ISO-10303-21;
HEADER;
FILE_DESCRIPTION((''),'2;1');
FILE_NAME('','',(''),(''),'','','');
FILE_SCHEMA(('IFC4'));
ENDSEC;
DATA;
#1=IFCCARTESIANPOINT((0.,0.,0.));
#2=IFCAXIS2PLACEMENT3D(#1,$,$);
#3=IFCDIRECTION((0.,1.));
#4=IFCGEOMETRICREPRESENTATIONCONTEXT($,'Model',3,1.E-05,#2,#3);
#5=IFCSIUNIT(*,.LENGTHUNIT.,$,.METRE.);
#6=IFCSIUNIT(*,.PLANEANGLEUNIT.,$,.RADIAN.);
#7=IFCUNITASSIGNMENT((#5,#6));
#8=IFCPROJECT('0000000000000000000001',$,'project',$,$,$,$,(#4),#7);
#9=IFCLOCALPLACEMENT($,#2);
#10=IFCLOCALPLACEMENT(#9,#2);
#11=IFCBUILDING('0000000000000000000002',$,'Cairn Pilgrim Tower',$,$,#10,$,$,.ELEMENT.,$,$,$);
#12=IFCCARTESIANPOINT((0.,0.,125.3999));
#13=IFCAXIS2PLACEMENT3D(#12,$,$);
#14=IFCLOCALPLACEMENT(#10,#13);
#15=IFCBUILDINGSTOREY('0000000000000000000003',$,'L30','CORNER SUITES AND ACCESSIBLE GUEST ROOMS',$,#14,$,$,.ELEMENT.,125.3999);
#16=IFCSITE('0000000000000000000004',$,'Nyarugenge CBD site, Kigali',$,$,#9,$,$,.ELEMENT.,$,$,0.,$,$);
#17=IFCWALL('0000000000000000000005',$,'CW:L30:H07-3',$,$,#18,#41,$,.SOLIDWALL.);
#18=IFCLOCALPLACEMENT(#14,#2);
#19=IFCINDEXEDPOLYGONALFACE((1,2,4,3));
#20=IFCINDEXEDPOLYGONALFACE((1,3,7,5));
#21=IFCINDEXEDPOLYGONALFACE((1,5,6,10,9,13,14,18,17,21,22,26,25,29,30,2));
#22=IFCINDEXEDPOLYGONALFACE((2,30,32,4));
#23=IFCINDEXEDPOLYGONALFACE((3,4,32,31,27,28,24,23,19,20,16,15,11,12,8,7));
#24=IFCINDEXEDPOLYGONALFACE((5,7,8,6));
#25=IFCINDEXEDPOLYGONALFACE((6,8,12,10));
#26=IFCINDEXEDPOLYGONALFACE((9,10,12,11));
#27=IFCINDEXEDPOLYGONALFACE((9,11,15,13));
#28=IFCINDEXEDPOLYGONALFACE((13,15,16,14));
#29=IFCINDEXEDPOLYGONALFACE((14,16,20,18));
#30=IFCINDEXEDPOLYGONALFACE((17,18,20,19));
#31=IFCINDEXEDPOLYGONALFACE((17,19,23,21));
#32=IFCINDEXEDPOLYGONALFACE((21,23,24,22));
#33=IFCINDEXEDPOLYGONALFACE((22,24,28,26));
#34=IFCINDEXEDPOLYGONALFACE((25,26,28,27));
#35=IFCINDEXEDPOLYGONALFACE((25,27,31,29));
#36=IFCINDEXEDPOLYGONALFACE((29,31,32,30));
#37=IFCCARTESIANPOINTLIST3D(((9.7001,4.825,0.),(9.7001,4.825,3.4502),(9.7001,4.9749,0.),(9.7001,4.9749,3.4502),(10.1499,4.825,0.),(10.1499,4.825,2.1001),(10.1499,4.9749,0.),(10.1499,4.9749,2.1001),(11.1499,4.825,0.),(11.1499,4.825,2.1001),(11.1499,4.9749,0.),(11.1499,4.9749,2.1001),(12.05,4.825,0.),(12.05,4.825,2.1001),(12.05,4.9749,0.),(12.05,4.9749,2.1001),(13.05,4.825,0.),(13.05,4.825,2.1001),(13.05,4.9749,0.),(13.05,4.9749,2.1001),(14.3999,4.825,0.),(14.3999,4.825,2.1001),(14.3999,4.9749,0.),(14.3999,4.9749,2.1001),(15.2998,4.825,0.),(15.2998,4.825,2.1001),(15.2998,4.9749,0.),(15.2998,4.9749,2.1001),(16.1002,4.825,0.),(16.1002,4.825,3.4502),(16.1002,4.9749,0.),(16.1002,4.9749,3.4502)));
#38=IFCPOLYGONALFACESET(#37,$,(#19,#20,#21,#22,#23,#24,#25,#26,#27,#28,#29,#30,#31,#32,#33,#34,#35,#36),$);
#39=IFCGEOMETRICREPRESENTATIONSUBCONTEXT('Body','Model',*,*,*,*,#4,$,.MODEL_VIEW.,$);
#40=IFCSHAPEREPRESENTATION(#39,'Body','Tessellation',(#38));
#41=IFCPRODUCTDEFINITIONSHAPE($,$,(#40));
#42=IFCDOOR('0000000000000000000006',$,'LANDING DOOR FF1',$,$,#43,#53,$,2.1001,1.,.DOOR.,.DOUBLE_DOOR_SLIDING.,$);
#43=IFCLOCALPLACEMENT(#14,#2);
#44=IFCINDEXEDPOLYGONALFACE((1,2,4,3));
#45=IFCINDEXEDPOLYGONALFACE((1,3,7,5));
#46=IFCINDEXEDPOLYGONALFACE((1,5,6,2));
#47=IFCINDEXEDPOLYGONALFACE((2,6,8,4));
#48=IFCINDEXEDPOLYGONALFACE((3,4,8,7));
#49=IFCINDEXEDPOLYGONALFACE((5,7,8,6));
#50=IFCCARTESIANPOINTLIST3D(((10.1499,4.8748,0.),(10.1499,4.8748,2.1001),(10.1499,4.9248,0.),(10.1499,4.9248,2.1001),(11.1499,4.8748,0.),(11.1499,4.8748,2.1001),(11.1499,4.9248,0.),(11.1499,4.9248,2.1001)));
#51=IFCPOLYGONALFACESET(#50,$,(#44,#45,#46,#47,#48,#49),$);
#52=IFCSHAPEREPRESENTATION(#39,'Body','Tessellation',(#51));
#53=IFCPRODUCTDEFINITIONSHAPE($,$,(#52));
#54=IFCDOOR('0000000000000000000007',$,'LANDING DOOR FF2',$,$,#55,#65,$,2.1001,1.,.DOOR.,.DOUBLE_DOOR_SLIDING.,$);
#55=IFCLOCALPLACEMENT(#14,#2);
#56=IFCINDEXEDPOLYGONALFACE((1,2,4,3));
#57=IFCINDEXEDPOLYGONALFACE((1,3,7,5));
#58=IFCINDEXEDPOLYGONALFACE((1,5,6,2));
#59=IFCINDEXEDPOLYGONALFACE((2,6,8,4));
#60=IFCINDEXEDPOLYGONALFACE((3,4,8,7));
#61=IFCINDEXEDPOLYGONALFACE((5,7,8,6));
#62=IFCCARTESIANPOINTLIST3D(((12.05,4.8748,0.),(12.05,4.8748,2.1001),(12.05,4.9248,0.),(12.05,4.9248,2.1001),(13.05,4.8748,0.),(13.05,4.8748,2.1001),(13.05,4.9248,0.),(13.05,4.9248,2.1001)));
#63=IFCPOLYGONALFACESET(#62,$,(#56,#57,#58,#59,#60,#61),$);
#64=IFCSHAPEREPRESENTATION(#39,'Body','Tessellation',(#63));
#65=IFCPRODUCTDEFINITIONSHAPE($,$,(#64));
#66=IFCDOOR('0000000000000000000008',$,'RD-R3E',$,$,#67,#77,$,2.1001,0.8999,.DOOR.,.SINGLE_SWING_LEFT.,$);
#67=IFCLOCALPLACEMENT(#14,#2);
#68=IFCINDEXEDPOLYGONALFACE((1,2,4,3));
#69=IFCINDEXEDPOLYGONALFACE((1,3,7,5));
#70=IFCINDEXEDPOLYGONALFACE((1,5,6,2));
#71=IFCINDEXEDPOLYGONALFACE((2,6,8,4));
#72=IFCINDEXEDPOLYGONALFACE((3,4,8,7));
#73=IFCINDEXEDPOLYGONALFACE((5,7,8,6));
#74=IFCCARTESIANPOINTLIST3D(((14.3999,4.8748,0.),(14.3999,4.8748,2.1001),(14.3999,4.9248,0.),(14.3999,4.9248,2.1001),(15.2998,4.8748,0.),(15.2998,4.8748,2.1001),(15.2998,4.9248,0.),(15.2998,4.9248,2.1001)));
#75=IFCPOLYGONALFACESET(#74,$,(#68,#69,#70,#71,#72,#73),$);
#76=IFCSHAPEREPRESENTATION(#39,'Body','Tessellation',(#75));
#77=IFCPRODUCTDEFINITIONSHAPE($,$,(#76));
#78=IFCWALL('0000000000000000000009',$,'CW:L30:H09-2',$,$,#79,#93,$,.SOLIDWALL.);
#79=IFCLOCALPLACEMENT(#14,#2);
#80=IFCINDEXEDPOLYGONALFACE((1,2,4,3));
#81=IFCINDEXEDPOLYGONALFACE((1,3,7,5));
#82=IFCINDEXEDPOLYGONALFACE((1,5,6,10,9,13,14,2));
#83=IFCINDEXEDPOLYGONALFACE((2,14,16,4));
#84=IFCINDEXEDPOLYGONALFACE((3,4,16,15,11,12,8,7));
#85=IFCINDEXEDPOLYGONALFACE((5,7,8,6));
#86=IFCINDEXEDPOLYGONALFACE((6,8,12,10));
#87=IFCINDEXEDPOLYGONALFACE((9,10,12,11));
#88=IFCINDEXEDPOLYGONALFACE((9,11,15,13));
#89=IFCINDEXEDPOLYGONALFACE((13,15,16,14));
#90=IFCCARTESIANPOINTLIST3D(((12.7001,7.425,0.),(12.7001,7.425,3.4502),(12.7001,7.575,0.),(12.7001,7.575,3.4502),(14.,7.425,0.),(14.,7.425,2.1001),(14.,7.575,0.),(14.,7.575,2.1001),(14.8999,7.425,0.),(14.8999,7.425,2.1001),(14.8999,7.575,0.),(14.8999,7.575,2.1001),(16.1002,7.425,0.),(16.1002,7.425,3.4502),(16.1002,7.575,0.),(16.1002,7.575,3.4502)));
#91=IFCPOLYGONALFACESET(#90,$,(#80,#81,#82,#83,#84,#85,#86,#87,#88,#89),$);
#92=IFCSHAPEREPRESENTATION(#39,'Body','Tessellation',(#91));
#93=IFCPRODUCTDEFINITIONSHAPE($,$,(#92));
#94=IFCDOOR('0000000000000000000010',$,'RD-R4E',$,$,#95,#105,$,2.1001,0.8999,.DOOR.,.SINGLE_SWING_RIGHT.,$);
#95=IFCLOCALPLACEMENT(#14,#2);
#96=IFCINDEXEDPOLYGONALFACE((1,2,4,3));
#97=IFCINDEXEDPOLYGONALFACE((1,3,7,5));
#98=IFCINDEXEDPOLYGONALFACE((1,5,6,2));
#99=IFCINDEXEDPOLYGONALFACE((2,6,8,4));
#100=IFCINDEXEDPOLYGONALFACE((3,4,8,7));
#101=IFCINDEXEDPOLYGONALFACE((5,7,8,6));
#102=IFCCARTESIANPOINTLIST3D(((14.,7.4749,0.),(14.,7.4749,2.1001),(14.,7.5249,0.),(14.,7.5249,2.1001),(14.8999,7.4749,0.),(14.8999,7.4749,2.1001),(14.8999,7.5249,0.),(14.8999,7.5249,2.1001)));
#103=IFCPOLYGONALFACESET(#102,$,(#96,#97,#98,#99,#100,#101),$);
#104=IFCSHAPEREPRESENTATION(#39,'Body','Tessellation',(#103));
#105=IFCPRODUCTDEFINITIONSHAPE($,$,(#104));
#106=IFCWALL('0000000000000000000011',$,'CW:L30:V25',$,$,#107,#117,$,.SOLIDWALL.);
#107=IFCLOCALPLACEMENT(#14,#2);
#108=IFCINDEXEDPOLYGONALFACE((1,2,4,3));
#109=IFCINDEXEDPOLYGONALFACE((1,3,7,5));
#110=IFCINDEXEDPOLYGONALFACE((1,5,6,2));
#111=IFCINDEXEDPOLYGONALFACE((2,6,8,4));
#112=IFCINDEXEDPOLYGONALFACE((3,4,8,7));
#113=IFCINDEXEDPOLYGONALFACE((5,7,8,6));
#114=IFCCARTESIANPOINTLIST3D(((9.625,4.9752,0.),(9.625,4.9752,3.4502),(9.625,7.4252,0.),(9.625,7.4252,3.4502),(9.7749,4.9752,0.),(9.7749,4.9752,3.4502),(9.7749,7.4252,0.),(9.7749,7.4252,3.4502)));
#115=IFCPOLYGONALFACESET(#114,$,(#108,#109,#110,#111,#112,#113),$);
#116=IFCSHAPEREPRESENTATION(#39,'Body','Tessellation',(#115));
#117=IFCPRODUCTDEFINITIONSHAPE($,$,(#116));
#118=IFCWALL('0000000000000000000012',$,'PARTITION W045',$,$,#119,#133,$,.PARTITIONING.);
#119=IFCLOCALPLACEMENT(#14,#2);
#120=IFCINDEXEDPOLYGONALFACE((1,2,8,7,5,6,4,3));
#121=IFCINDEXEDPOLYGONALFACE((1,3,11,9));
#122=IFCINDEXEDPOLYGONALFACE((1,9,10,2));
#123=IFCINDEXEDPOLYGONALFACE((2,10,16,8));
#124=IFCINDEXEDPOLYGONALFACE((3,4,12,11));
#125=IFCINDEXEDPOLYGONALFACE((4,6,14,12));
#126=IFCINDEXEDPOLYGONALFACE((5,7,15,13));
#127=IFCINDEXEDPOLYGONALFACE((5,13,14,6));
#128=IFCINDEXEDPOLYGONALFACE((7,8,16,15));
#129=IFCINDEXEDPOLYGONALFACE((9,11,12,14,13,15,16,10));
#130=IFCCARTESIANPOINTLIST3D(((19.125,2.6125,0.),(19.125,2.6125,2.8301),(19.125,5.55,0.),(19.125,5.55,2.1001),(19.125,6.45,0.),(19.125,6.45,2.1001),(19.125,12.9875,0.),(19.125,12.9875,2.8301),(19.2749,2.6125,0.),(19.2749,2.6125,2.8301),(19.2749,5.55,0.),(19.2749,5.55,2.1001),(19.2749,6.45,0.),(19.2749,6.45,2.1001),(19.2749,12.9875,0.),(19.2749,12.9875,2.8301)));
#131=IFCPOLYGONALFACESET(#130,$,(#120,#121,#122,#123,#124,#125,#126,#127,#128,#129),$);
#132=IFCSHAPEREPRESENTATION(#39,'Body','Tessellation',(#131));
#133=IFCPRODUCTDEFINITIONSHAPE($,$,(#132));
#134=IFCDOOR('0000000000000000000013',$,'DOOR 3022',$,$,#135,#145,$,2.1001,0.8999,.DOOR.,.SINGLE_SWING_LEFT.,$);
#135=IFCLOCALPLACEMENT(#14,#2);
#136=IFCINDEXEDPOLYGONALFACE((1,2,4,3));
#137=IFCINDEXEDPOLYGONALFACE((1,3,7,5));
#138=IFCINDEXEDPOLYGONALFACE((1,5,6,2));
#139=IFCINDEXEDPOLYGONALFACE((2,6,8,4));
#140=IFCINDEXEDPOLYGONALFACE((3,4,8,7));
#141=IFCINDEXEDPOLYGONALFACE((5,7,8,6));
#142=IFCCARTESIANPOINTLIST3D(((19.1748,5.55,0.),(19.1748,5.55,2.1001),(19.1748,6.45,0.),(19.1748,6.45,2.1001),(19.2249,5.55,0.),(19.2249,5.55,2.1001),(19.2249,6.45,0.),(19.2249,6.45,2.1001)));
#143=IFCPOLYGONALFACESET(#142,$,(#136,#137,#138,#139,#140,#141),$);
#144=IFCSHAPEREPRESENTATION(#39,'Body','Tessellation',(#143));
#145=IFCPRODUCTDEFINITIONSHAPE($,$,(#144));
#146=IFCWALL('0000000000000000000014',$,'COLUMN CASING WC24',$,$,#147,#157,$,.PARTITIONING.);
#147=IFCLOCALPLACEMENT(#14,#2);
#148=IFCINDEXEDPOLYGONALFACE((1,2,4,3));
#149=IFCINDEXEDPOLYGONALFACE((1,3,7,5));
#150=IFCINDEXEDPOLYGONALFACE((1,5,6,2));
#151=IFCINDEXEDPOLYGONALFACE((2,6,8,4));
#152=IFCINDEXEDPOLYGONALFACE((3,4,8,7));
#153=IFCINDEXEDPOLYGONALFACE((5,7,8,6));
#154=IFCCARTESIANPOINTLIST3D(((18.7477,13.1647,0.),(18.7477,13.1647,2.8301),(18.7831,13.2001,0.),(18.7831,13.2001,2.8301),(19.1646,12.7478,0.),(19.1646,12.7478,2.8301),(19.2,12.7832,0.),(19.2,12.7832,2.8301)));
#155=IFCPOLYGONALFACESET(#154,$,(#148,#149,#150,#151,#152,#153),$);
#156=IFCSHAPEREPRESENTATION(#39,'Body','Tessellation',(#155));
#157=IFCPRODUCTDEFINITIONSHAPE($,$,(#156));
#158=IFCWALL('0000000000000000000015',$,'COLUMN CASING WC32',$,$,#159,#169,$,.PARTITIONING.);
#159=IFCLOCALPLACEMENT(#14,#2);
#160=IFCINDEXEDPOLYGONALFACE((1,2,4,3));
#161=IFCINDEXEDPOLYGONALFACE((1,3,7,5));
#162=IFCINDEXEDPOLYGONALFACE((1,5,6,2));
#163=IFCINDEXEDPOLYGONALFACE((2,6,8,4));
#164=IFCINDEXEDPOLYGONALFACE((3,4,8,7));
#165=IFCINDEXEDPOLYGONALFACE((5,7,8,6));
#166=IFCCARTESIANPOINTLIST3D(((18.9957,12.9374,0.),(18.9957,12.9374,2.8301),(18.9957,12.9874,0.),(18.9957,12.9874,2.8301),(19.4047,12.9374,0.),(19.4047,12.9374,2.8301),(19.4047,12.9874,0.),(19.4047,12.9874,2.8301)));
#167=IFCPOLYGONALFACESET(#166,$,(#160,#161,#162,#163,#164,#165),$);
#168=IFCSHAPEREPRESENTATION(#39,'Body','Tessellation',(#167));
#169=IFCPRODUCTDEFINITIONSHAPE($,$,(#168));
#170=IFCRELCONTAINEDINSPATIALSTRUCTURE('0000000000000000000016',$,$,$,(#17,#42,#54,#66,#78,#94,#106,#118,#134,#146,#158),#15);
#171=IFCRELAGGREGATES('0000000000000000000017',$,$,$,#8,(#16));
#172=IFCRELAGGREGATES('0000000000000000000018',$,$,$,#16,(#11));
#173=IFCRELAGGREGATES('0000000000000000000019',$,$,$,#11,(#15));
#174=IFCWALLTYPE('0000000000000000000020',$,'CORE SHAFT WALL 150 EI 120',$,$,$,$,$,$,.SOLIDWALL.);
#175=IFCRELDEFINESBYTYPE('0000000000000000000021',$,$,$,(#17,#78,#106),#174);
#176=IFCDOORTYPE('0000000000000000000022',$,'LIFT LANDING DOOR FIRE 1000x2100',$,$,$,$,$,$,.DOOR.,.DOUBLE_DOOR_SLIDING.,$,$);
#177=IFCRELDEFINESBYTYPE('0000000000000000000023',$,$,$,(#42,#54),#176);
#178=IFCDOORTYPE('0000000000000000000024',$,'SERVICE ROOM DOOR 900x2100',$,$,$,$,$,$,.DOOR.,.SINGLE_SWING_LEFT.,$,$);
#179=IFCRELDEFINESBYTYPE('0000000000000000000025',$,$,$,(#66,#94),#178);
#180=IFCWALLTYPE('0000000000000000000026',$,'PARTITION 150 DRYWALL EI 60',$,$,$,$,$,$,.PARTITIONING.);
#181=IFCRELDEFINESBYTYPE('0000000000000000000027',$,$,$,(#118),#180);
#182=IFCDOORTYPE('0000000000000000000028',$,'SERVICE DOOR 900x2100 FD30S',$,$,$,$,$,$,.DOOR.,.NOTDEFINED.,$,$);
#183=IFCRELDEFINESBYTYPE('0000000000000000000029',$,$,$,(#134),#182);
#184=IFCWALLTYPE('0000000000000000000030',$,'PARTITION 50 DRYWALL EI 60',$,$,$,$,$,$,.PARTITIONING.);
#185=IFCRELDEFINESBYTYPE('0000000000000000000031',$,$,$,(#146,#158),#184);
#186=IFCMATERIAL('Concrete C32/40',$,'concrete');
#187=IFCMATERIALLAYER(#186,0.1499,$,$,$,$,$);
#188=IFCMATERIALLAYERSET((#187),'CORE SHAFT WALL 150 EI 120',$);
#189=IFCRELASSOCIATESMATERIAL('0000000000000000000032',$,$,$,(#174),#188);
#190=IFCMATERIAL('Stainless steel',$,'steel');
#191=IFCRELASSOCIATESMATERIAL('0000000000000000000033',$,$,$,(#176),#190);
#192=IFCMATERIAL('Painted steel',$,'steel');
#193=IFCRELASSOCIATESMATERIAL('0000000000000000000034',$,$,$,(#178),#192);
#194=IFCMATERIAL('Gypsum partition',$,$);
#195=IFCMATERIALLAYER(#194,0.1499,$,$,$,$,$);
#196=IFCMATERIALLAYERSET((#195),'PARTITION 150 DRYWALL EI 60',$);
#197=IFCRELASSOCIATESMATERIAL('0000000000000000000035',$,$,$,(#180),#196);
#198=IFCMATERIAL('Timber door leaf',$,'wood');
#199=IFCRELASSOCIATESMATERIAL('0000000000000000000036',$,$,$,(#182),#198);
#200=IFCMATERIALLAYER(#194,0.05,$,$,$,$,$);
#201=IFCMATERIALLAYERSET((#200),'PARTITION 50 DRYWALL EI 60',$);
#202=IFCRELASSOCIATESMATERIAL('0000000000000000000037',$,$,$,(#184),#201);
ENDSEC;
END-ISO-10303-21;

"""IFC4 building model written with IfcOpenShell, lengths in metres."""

from ifc_helpers import new_model, si_unit, direction, frame, frame_2d, origin, place, context, subcontext, project, spatial, rectangle, extrude, material, layer, layer_set, type_object, element, fill, save


model = new_model("IFC4")

# Units and contexts
model_context = context("Model", 3, precision=1e-05, world=origin(), true_north=direction((0.0, 1.0)))
body_context = subcontext(model_context, "Body", "Model", "MODEL_VIEW")
ifc_project = project(units=[si_unit("LENGTHUNIT", "METRE"), si_unit("PLANEANGLEUNIT", "RADIAN")], contexts=[model_context])

# Site, building, storey
site_placement = place(None, origin())
site = spatial("IfcSite", under=ifc_project, at=site_placement, Name="Nyarugenge CBD site, Kigali", CompositionType="ELEMENT", RefElevation=0.0)
building_placement = place(site_placement, origin())
building = spatial("IfcBuilding", under=site, at=building_placement, Name="Cairn Pilgrim Tower", CompositionType="ELEMENT")
storey_placement = place(building_placement, frame((0.0, 0.0, 125.3999)))
storey = spatial("IfcBuildingStorey", under=building, at=storey_placement, Name="L30", Description="CORNER SUITES AND ACCESSIBLE GUEST ROOMS", CompositionType="ELEMENT", Elevation=125.3999)

# Shared definitions
ifc_material_1 = material(Name="Concrete C32/40", Category="concrete")

# Wall, openings, doors
ifc_layer_1 = layer(ifc_material_1, 0.1499)
ifc_layer_set_1 = layer_set([ifc_layer_1], Name="CORE SHAFT WALL 150 EI 120")
wall_type_1 = type_object("IfcWallType", Name="CORE SHAFT WALL 150 EI 120", PredefinedType="SOLIDWALL", material=ifc_layer_set_1)
wall_1_placement = place(storey_placement, frame((9.7, 4.8999, 0.0), z_axis=(0.0, 0.0, 1.0), x_axis=(1.0, 0.0, 0.0)))
wall_1 = element("IfcWall", 1, at=wall_1_placement, inside=storey, type_object=wall_type_1, Name="CW:L30:H07-3", PredefinedType="SOLIDWALL", context=body_context, shape_type="SweptSolid", body=[
    extrude(rectangle(XDim=6.4001, YDim=0.1499, at=frame_2d((3.2002, 0.0))), origin(), (0.0, 0.0, 1.0), 3.4502),
])
opening_1_placement = place(wall_1_placement, frame((0.45, 0.0, 0.0)))
opening_1 = element("IfcOpeningElement", 2, at=opening_1_placement, cuts=wall_1, PredefinedType="OPENING", context=body_context, shape_type="SweptSolid", body=[
    extrude(rectangle(XDim=1.0, YDim=2.1001, at=frame_2d((0.5, 1.05))), frame((0.0, 0.085, 0.0), z_axis=(0.0, -1.0, 0.0), x_axis=(1.0, 0.0, 0.0)), (0.0, 0.0, 1.0), 0.1699),
])
opening_2_placement = place(wall_1_placement, frame((2.3501, 0.0, 0.0)))
opening_2 = element("IfcOpeningElement", 3, at=opening_2_placement, cuts=wall_1, PredefinedType="OPENING", context=body_context, shape_type="SweptSolid", body=[
    extrude(rectangle(XDim=1.0, YDim=2.1001, at=frame_2d((0.5, 1.05))), frame((0.0, 0.085, 0.0), z_axis=(0.0, -1.0, 0.0), x_axis=(1.0, 0.0, 0.0)), (0.0, 0.0, 1.0), 0.1699),
])
opening_3_placement = place(wall_1_placement, frame((4.7, 0.0, 0.0)))
opening_3 = element("IfcOpeningElement", 4, at=opening_3_placement, cuts=wall_1, PredefinedType="OPENING", context=body_context, shape_type="SweptSolid", body=[
    extrude(rectangle(XDim=0.8999, YDim=2.1001, at=frame_2d((0.45, 1.05))), frame((0.0, 0.085, 0.0), z_axis=(0.0, -1.0, 0.0), x_axis=(1.0, 0.0, 0.0)), (0.0, 0.0, 1.0), 0.1699),
])
ifc_material_2 = material(Name="Stainless steel", Category="steel")
door_type_1 = type_object("IfcDoorType", Name="LIFT LANDING DOOR FIRE 1000x2100", OperationType="DOUBLE_DOOR_SLIDING", PredefinedType="DOOR", material=ifc_material_2)
door_1_placement = place(opening_1_placement, origin())
door_1 = element("IfcDoor", 5, at=door_1_placement, inside=storey, type_object=door_type_1, Name="LANDING DOOR FF1", OperationType="DOUBLE_DOOR_SLIDING", OverallHeight=2.1001, OverallWidth=1.0, PredefinedType="DOOR", context=body_context, shape_type="SweptSolid", body=[
    extrude(rectangle(XDim=1.0, YDim=2.1001, at=frame_2d((0.5, 1.05))), frame((0.0, 0.0249, 0.0), z_axis=(0.0, -1.0, 0.0), x_axis=(1.0, 0.0, 0.0)), (0.0, 0.0, 1.0), 0.05),
])
fill(opening_1, door_1)
door_2_placement = place(opening_2_placement, origin())
door_2 = element("IfcDoor", 6, at=door_2_placement, inside=storey, type_object=door_type_1, Name="LANDING DOOR FF2", OperationType="DOUBLE_DOOR_SLIDING", OverallHeight=2.1001, OverallWidth=1.0, PredefinedType="DOOR", context=body_context, shape_type="SweptSolid", body=[
    extrude(rectangle(XDim=1.0, YDim=2.1001, at=frame_2d((0.5, 1.05))), frame((0.0, 0.0249, 0.0), z_axis=(0.0, -1.0, 0.0), x_axis=(1.0, 0.0, 0.0)), (0.0, 0.0, 1.0), 0.05),
])
fill(opening_2, door_2)
ifc_material_3 = material(Name="Painted steel", Category="steel")
door_type_2 = type_object("IfcDoorType", Name="SERVICE ROOM DOOR 900x2100", OperationType="SINGLE_SWING_LEFT", PredefinedType="DOOR", material=ifc_material_3)
door_3_placement = place(opening_3_placement, origin())
door_3 = element("IfcDoor", 7, at=door_3_placement, inside=storey, type_object=door_type_2, Name="RD-R3E", OperationType="SINGLE_SWING_LEFT", OverallHeight=2.1001, OverallWidth=0.8999, PredefinedType="DOOR", context=body_context, shape_type="SweptSolid", body=[
    extrude(rectangle(XDim=0.8999, YDim=2.1001, at=frame_2d((0.45, 1.05))), frame((0.0, 0.0249, 0.0), z_axis=(0.0, -1.0, 0.0), x_axis=(1.0, 0.0, 0.0)), (0.0, 0.0, 1.0), 0.05),
])
fill(opening_3, door_3)

# Wall, opening, door
wall_2_placement = place(storey_placement, frame((12.7, 7.5, 0.0), z_axis=(0.0, 0.0, 1.0), x_axis=(1.0, 0.0, 0.0)))
wall_2 = element("IfcWall", 8, at=wall_2_placement, inside=storey, type_object=wall_type_1, Name="CW:L30:H09-2", PredefinedType="SOLIDWALL", context=body_context, shape_type="SweptSolid", body=[
    extrude(rectangle(XDim=3.4001, YDim=0.1499, at=frame_2d((1.7002, 0.0))), origin(), (0.0, 0.0, 1.0), 3.4502),
])
opening_4_placement = place(wall_2_placement, frame((1.3, 0.0, 0.0)))
opening_4 = element("IfcOpeningElement", 9, at=opening_4_placement, cuts=wall_2, PredefinedType="OPENING", context=body_context, shape_type="SweptSolid", body=[
    extrude(rectangle(XDim=0.8999, YDim=2.1001, at=frame_2d((0.45, 1.05))), frame((0.0, 0.085, 0.0), z_axis=(0.0, -1.0, 0.0), x_axis=(1.0, 0.0, 0.0)), (0.0, 0.0, 1.0), 0.1699),
])
door_4_placement = place(opening_4_placement, origin())
door_4 = element("IfcDoor", 10, at=door_4_placement, inside=storey, type_object=door_type_2, Name="RD-R4E", OperationType="SINGLE_SWING_RIGHT", OverallHeight=2.1001, OverallWidth=0.8999, PredefinedType="DOOR", context=body_context, shape_type="SweptSolid", body=[
    extrude(rectangle(XDim=0.8999, YDim=2.1001, at=frame_2d((0.45, 1.05))), frame((0.0, 0.0249, 0.0), z_axis=(0.0, -1.0, 0.0), x_axis=(1.0, 0.0, 0.0)), (0.0, 0.0, 1.0), 0.05),
])
fill(opening_4, door_4)

# Wall
wall_3_placement = place(storey_placement, frame((9.7, 4.9751, 0.0), z_axis=(0.0, 0.0, 1.0), x_axis=(0.0, 1.0, 0.0)))
element("IfcWall", 11, at=wall_3_placement, inside=storey, type_object=wall_type_1, Name="CW:L30:V25", PredefinedType="SOLIDWALL", context=body_context, shape_type="SweptSolid", body=[
    extrude(rectangle(XDim=2.45, YDim=0.1499, at=frame_2d((1.2251, 0.0))), origin(), (0.0, 0.0, 1.0), 3.4502),
])

# Wall, opening, door
ifc_material_4 = material(Name="Gypsum partition")
ifc_layer_2 = layer(ifc_material_4, 0.1499)
ifc_layer_set_2 = layer_set([ifc_layer_2], Name="PARTITION 150 DRYWALL EI 60")
wall_type_2 = type_object("IfcWallType", Name="PARTITION 150 DRYWALL EI 60", PredefinedType="PARTITIONING", material=ifc_layer_set_2)
wall_4_placement = place(storey_placement, frame((19.2, 2.6125, 0.0), z_axis=(0.0, 0.0, 1.0), x_axis=(0.0, 1.0, 0.0)))
wall_4 = element("IfcWall", 12, at=wall_4_placement, inside=storey, type_object=wall_type_2, Name="PARTITION W045", PredefinedType="PARTITIONING", context=body_context, shape_type="SweptSolid", body=[
    extrude(rectangle(XDim=10.375, YDim=0.1499, at=frame_2d((5.1875, 0.0))), origin(), (0.0, 0.0, 1.0), 2.8301),
])
opening_5_placement = place(wall_4_placement, frame((2.9375, 0.0, 0.0)))
opening_5 = element("IfcOpeningElement", 13, at=opening_5_placement, cuts=wall_4, PredefinedType="OPENING", context=body_context, shape_type="SweptSolid", body=[
    extrude(rectangle(XDim=0.8999, YDim=2.1001, at=frame_2d((0.45, 1.05))), frame((0.0, 0.085, 0.0), z_axis=(0.0, -1.0, 0.0), x_axis=(1.0, 0.0, 0.0)), (0.0, 0.0, 1.0), 0.1699),
])
ifc_material_5 = material(Name="Timber door leaf", Category="wood")
door_type_3 = type_object("IfcDoorType", Name="SERVICE DOOR 900x2100 FD30S", OperationType="NOTDEFINED", PredefinedType="DOOR", material=ifc_material_5)
door_5_placement = place(opening_5_placement, frame((0.8999, 0.0, 0.0), z_axis=(0.0, 0.0, 1.0), x_axis=(-1.0, 0.0, 0.0)))
door_5 = element("IfcDoor", 14, at=door_5_placement, inside=storey, type_object=door_type_3, Name="DOOR 3022", OperationType="SINGLE_SWING_LEFT", OverallHeight=2.1001, OverallWidth=0.8999, PredefinedType="DOOR", context=body_context, shape_type="SweptSolid", body=[
    extrude(rectangle(XDim=0.8999, YDim=2.1001, at=frame_2d((0.45, 1.05))), frame((0.0, 0.0249, 0.0), z_axis=(0.0, -1.0, 0.0), x_axis=(1.0, 0.0, 0.0)), (0.0, 0.0, 1.0), 0.05),
])
fill(opening_5, door_5)

# Walls
ifc_layer_3 = layer(ifc_material_4, 0.05)
ifc_layer_set_3 = layer_set([ifc_layer_3], Name="PARTITION 50 DRYWALL EI 60")
wall_type_3 = type_object("IfcWallType", Name="PARTITION 50 DRYWALL EI 60", PredefinedType="PARTITIONING", material=ifc_layer_set_3)
wall_5_placement = place(storey_placement, frame((19.1824, 12.7654, 0.0), z_axis=(0.0, 0.0, 1.0), x_axis=(-0.707107, 0.707107, 0.0)))
element("IfcWall", 15, at=wall_5_placement, inside=storey, type_object=wall_type_3, Name="COLUMN CASING WC24", PredefinedType="PARTITIONING", context=body_context, shape_type="SweptSolid", body=[
    extrude(rectangle(XDim=0.5896, YDim=0.05, at=frame_2d((0.2949, 0.0))), origin(), (0.0, 0.0, 1.0), 2.8301),
])
wall_6_placement = place(storey_placement, frame((18.9956, 12.9624, 0.0), z_axis=(0.0, 0.0, 1.0), x_axis=(1.0, 0.0, 0.0)))
element("IfcWall", 16, at=wall_6_placement, inside=storey, type_object=wall_type_3, Name="COLUMN CASING WC32", PredefinedType="PARTITIONING", context=body_context, shape_type="SweptSolid", body=[
    extrude(rectangle(XDim=0.4089, YDim=0.05, at=frame_2d((0.2046, 0.0))), origin(), (0.0, 0.0, 1.0), 2.8301),
])

save(model, "model.ifc")
